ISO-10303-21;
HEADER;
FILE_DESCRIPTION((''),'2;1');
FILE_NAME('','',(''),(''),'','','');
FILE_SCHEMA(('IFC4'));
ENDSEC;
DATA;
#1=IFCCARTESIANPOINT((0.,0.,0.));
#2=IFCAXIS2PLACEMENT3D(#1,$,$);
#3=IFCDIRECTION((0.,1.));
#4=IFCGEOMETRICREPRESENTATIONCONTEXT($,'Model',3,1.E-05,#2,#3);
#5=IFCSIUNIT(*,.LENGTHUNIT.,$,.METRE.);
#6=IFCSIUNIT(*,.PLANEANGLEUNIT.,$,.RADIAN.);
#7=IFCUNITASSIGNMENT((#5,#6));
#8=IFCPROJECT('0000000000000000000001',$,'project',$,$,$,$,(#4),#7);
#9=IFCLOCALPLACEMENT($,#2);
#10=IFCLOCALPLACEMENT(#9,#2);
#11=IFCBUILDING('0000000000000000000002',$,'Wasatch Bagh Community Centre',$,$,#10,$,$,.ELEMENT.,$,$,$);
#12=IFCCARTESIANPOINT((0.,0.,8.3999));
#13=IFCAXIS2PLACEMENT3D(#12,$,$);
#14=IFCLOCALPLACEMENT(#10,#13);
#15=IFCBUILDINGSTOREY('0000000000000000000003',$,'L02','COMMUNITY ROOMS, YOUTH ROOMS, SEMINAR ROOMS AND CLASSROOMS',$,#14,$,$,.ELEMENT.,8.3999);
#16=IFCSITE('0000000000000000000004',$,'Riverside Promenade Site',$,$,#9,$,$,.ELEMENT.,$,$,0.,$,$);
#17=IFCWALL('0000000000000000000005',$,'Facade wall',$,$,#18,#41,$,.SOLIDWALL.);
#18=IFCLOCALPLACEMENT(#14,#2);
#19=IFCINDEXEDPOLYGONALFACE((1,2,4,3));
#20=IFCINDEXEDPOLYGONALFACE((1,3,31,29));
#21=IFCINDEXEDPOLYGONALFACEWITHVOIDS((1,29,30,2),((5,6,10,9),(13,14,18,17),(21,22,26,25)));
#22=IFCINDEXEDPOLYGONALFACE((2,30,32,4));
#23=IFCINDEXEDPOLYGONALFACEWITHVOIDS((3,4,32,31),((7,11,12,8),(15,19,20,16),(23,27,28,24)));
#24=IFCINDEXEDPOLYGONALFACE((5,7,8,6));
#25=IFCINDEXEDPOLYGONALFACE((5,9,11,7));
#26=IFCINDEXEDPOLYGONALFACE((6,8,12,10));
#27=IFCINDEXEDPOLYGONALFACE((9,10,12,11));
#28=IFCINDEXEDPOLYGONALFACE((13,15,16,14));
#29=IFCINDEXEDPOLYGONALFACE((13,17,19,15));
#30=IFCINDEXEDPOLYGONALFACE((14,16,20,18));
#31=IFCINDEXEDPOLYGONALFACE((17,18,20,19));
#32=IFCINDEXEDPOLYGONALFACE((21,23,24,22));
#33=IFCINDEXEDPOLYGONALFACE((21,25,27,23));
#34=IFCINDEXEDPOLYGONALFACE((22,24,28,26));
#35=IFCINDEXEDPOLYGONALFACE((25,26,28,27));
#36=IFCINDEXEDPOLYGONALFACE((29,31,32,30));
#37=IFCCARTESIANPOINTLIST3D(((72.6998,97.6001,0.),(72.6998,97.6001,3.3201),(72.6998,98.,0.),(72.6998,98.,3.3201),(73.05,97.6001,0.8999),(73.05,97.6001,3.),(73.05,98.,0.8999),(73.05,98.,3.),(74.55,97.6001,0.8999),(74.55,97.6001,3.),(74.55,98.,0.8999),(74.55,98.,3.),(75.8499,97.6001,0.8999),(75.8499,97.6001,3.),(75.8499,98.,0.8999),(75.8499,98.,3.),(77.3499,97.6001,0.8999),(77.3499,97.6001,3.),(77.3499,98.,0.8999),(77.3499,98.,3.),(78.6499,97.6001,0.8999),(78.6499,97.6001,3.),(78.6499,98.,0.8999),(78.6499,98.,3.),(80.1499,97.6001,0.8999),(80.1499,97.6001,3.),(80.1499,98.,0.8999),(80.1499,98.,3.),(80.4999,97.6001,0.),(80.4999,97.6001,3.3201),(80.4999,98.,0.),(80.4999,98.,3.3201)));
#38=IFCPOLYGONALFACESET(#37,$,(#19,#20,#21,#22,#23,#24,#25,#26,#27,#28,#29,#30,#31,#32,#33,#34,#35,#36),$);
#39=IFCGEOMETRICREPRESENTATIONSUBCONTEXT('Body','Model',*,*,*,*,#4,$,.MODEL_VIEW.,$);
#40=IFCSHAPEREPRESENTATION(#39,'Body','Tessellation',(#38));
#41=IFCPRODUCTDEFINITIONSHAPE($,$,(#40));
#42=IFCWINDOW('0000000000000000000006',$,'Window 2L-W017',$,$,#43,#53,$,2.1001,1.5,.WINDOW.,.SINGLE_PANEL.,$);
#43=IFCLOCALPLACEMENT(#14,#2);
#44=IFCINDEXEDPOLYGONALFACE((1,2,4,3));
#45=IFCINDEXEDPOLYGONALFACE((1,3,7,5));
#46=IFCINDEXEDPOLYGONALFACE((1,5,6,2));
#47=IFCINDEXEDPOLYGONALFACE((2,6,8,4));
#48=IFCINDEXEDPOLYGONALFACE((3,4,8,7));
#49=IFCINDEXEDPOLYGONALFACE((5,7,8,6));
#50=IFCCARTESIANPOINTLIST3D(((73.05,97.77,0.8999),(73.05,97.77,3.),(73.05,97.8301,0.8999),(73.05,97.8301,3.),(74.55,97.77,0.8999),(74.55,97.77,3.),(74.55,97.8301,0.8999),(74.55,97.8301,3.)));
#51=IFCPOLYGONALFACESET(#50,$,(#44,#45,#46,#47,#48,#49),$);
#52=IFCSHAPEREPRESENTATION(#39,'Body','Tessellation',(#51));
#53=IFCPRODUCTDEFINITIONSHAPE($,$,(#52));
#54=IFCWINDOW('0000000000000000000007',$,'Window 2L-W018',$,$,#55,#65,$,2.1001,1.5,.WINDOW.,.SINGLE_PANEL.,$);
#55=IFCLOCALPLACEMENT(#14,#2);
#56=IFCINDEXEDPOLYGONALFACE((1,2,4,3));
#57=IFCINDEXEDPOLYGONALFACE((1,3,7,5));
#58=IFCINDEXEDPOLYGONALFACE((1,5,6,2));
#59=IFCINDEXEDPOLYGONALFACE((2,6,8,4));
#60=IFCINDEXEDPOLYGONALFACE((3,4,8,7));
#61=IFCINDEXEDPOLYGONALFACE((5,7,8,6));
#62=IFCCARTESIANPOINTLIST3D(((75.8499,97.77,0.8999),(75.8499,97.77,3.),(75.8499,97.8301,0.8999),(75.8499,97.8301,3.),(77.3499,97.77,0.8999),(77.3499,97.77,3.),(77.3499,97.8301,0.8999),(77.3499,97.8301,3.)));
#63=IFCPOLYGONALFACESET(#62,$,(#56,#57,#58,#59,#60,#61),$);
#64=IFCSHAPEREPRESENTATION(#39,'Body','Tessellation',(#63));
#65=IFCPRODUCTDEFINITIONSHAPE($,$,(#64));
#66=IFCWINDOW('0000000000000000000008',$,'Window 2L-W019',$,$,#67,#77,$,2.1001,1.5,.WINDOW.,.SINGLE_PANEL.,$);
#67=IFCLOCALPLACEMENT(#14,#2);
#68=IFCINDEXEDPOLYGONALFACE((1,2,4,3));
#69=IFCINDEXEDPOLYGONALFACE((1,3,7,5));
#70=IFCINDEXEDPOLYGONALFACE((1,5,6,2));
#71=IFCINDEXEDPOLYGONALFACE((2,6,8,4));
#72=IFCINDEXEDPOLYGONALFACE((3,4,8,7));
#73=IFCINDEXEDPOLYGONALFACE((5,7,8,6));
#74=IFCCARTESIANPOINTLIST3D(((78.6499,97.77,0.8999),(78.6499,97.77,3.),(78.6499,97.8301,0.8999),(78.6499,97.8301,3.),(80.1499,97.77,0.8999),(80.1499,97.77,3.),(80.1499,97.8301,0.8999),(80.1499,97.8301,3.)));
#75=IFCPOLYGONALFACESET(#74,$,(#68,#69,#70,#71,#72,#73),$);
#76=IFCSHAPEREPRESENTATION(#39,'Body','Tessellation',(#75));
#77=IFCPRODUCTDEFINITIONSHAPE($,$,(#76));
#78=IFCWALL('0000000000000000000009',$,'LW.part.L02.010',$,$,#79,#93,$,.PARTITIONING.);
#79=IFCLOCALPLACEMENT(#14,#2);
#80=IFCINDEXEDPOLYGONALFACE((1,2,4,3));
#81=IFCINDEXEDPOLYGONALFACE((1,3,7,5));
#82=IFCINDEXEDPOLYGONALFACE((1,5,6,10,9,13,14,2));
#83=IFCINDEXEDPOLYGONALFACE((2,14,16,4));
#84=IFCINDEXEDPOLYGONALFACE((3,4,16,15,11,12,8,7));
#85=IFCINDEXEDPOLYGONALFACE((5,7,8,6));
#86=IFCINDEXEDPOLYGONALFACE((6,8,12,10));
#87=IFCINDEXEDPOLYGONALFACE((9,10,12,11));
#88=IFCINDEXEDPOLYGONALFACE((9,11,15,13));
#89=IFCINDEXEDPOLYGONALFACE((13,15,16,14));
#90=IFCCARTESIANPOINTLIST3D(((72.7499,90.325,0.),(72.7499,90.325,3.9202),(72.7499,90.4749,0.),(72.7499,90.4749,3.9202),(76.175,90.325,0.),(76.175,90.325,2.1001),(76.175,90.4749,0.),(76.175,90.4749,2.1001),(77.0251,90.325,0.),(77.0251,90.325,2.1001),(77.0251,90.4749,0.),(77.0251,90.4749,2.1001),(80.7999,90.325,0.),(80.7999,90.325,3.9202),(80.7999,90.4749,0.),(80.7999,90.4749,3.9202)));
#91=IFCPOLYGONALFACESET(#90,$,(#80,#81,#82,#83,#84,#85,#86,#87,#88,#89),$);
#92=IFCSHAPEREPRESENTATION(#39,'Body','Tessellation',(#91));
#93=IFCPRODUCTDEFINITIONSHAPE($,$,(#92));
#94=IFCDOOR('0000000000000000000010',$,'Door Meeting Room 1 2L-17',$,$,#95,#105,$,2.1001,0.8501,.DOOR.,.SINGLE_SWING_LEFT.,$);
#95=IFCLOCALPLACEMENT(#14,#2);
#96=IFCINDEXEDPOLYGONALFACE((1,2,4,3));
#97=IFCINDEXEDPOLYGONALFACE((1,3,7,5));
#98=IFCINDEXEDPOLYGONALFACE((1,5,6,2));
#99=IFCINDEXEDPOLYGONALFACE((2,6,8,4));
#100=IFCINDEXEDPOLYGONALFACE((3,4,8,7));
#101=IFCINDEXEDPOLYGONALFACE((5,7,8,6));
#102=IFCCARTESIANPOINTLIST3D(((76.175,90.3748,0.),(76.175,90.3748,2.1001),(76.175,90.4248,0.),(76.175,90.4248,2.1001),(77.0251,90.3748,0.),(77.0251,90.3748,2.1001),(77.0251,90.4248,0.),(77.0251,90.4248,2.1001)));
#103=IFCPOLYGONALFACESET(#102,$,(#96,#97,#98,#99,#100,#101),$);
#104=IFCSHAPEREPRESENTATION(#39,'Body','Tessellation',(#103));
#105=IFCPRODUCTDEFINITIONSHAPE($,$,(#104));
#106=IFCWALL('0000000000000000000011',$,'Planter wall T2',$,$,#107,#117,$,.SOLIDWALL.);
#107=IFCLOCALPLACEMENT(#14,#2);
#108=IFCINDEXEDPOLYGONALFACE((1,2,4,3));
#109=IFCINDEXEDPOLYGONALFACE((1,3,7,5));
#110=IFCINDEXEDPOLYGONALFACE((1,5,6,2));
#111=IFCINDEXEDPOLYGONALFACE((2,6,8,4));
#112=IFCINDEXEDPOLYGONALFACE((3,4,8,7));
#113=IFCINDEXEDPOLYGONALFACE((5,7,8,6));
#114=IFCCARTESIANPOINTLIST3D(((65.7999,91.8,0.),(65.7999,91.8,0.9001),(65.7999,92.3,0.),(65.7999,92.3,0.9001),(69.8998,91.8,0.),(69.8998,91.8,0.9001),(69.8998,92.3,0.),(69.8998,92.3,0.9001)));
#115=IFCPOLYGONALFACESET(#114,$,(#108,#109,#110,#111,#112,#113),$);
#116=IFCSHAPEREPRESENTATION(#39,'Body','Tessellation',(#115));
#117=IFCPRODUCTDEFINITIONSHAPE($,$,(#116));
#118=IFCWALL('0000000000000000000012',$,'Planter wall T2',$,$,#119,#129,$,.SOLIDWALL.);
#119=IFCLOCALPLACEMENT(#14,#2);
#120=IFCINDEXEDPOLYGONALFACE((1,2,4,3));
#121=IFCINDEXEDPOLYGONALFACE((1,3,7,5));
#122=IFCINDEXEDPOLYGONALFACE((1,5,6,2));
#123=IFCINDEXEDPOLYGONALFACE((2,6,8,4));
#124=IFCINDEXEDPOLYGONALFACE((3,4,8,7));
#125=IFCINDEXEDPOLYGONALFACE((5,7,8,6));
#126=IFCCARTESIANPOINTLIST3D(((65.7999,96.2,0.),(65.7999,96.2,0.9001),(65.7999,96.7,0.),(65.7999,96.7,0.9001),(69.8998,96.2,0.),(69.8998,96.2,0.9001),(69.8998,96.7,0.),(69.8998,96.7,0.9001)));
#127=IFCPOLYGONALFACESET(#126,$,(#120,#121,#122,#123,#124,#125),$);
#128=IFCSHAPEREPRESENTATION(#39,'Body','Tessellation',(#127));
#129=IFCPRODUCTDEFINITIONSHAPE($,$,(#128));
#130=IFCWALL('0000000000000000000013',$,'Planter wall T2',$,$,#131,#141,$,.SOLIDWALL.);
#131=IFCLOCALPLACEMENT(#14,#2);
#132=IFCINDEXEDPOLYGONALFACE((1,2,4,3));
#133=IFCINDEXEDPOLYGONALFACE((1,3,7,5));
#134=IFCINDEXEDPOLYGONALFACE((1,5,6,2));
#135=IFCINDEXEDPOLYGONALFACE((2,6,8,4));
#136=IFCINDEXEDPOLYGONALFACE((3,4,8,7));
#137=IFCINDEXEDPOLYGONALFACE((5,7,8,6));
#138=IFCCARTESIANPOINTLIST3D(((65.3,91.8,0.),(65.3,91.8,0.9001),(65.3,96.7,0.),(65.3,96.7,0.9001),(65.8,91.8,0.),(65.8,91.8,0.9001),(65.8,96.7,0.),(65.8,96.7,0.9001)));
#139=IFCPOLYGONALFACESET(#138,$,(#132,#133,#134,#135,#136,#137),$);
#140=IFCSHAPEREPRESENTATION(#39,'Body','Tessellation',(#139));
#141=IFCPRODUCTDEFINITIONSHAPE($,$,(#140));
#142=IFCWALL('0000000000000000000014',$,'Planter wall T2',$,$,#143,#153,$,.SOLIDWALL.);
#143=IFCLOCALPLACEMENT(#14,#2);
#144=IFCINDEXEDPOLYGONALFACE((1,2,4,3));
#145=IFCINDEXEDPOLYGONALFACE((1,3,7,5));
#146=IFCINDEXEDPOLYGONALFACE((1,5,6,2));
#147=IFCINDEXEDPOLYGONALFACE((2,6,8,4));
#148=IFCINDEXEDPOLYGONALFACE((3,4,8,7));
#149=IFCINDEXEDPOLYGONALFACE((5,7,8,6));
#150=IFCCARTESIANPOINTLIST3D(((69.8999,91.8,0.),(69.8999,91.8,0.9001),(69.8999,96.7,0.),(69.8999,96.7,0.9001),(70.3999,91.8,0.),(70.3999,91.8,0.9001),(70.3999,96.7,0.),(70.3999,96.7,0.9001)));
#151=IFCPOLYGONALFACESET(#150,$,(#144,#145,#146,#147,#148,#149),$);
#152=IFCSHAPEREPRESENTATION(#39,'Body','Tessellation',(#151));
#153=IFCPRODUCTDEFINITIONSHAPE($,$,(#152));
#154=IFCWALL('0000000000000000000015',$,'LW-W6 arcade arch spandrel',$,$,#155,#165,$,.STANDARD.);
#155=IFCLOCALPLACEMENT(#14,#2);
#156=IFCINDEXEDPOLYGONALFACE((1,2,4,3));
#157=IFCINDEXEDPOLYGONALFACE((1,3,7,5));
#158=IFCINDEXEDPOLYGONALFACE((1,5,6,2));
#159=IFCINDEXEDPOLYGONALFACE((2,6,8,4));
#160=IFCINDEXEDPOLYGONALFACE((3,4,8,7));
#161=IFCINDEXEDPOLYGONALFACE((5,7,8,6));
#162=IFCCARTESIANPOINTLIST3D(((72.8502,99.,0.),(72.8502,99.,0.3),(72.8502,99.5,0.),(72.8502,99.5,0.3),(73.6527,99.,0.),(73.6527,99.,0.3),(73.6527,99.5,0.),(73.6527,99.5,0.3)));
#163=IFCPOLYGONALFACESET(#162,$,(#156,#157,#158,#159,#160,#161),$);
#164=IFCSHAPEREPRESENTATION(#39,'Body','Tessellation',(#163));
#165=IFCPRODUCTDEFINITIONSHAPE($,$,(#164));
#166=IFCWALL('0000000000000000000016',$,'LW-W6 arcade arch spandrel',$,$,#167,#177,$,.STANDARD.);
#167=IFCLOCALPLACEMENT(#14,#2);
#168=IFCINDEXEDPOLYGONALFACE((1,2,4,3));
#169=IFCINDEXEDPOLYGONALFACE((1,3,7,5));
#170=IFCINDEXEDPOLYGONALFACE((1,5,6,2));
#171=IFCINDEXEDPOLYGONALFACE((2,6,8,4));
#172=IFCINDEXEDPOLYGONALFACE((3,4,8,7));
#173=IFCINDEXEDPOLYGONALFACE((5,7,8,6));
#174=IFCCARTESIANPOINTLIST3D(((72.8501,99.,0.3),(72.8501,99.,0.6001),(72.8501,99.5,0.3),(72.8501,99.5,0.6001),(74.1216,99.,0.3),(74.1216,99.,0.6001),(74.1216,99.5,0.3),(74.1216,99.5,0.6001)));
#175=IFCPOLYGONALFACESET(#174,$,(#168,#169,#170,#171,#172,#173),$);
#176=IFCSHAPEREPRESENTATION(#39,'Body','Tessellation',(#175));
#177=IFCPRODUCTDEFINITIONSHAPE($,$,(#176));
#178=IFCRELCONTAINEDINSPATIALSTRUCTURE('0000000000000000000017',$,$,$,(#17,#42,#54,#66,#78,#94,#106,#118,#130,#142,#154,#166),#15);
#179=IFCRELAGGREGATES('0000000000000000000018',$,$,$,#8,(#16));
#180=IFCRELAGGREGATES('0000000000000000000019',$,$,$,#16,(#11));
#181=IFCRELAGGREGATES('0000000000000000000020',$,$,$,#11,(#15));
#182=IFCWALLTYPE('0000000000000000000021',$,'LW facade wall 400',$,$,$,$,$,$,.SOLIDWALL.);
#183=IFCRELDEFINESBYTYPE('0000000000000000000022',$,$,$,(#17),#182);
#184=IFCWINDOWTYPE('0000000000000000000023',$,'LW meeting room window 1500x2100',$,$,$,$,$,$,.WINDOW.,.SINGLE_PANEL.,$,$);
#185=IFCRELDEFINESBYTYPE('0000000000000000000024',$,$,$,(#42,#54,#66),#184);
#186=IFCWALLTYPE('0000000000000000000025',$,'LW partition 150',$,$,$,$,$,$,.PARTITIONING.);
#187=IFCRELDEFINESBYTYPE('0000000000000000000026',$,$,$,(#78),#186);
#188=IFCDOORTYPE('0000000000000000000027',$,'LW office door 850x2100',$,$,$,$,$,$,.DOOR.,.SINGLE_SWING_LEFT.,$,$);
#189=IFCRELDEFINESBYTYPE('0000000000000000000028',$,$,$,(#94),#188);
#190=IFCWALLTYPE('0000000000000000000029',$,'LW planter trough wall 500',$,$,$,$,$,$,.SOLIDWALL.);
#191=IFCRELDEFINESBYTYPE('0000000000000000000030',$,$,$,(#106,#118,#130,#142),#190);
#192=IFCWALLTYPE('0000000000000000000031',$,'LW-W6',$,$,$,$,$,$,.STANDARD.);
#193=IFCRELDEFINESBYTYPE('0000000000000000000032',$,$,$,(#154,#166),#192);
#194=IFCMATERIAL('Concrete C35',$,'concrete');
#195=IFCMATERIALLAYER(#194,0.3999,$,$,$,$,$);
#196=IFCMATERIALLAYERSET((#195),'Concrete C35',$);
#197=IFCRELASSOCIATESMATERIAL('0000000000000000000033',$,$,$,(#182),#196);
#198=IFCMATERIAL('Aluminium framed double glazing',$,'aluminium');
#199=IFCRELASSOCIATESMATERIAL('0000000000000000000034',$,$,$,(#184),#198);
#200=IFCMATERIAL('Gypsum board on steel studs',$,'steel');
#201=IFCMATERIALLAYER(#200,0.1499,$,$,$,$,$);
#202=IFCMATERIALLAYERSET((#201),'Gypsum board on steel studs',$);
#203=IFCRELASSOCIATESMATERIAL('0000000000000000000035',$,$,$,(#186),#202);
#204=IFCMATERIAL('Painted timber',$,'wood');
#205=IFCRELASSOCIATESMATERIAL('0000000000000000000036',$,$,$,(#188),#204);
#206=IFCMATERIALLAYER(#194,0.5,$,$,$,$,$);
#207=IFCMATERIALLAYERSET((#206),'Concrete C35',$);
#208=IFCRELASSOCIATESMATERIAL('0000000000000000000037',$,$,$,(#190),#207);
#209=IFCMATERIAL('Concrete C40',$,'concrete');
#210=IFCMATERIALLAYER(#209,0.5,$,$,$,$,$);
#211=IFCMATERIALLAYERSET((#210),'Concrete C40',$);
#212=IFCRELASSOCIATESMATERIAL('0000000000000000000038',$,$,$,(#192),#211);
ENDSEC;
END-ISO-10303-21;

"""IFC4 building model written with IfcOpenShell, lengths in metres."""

from ifc_helpers import new_model, si_unit, direction, frame, frame_2d, origin, place, context, subcontext, project, spatial, rectangle, extrude, material, layer, layer_set, type_object, element, fill, save


model = new_model("IFC4")

# Units and contexts
model_context = context("Model", 3, precision=1e-05, world=origin(), true_north=direction((0.0, 1.0)))
body_context = subcontext(model_context, "Body", "Model", "MODEL_VIEW")
ifc_project = project(units=[si_unit("LENGTHUNIT", "METRE"), si_unit("PLANEANGLEUNIT", "RADIAN")], contexts=[model_context])

# Site, building, storey
site_placement = place(None, origin())
site = spatial("IfcSite", under=ifc_project, at=site_placement, Name="Riverside Promenade Site", CompositionType="ELEMENT", RefElevation=0.0)
building_placement = place(site_placement, origin())
building = spatial("IfcBuilding", under=site, at=building_placement, Name="Wasatch Bagh Community Centre", CompositionType="ELEMENT")
storey_placement = place(building_placement, frame((0.0, 0.0, 8.3999)))
storey = spatial("IfcBuildingStorey", under=building, at=storey_placement, Name="L02", Description="COMMUNITY ROOMS, YOUTH ROOMS, SEMINAR ROOMS AND CLASSROOMS", CompositionType="ELEMENT", Elevation=8.3999)

# Shared definitions
ifc_material_1 = material(Name="Concrete C40", Category="concrete")
ifc_material_2 = material(Name="Concrete C35", Category="concrete")

# Wall, openings, windows
ifc_layer_1 = layer(ifc_material_2, 0.3999)
ifc_layer_set_1 = layer_set([ifc_layer_1], Name="Concrete C35")
wall_type_1 = type_object("IfcWallType", Name="LW facade wall 400", PredefinedType="SOLIDWALL", material=ifc_layer_set_1)
wall_1_placement = place(storey_placement, frame((72.7, 97.8, 0.0), z_axis=(0.0, 0.0, 1.0), x_axis=(1.0, 0.0, 0.0)))
wall_1 = element("IfcWall", 1, at=wall_1_placement, inside=storey, type_object=wall_type_1, Name="Facade wall", PredefinedType="SOLIDWALL", context=body_context, shape_type="SweptSolid", body=[
    extrude(rectangle(XDim=7.8, YDim=0.3999, at=frame_2d((3.8999, 0.0))), origin(), (0.0, 0.0, 1.0), 3.3201),
])
opening_1_placement = place(wall_1_placement, frame((0.3501, 0.0, 0.8999)))
opening_1 = element("IfcOpeningElement", 2, at=opening_1_placement, cuts=wall_1, PredefinedType="OPENING", context=body_context, shape_type="SweptSolid", body=[
    extrude(rectangle(XDim=1.5, YDim=2.1001, at=frame_2d((0.75, 1.05))), frame((0.0, 0.21, 0.0), z_axis=(0.0, -1.0, 0.0), x_axis=(1.0, 0.0, 0.0)), (0.0, 0.0, 1.0), 0.4199),
])
opening_2_placement = place(wall_1_placement, frame((3.1499, 0.0, 0.8999)))
opening_2 = element("IfcOpeningElement", 3, at=opening_2_placement, cuts=wall_1, PredefinedType="OPENING", context=body_context, shape_type="SweptSolid", body=[
    extrude(rectangle(XDim=1.5, YDim=2.1001, at=frame_2d((0.75, 1.05))), frame((0.0, 0.21, 0.0), z_axis=(0.0, -1.0, 0.0), x_axis=(1.0, 0.0, 0.0)), (0.0, 0.0, 1.0), 0.4199),
])
opening_3_placement = place(wall_1_placement, frame((5.95, 0.0, 0.8999)))
opening_3 = element("IfcOpeningElement", 4, at=opening_3_placement, cuts=wall_1, PredefinedType="OPENING", context=body_context, shape_type="SweptSolid", body=[
    extrude(rectangle(XDim=1.5, YDim=2.1001, at=frame_2d((0.75, 1.05))), frame((0.0, 0.21, 0.0), z_axis=(0.0, -1.0, 0.0), x_axis=(1.0, 0.0, 0.0)), (0.0, 0.0, 1.0), 0.4199),
])
ifc_material_3 = material(Name="Aluminium framed double glazing", Category="aluminium")
window_type = type_object("IfcWindowType", Name="LW meeting room window 1500x2100", PartitioningType="SINGLE_PANEL", PredefinedType="WINDOW", material=ifc_material_3)
window_1_placement = place(opening_1_placement, origin())
window_1 = element("IfcWindow", 5, at=window_1_placement, inside=storey, type_object=window_type, Name="Window 2L-W017", OverallHeight=2.1001, OverallWidth=1.5, PartitioningType="SINGLE_PANEL", PredefinedType="WINDOW", context=body_context, shape_type="SweptSolid", body=[
    extrude(rectangle(XDim=1.5, YDim=2.1001, at=frame_2d((0.75, 1.05))), frame((0.0, 0.03, 0.0), z_axis=(0.0, -1.0, 0.0), x_axis=(1.0, 0.0, 0.0)), (0.0, 0.0, 1.0), 0.0601),
])
fill(opening_1, window_1)
window_2_placement = place(opening_2_placement, origin())
window_2 = element("IfcWindow", 6, at=window_2_placement, inside=storey, type_object=window_type, Name="Window 2L-W018", OverallHeight=2.1001, OverallWidth=1.5, PartitioningType="SINGLE_PANEL", PredefinedType="WINDOW", context=body_context, shape_type="SweptSolid", body=[
    extrude(rectangle(XDim=1.5, YDim=2.1001, at=frame_2d((0.75, 1.05))), frame((0.0, 0.03, 0.0), z_axis=(0.0, -1.0, 0.0), x_axis=(1.0, 0.0, 0.0)), (0.0, 0.0, 1.0), 0.0601),
])
fill(opening_2, window_2)
window_3_placement = place(opening_3_placement, origin())
window_3 = element("IfcWindow", 7, at=window_3_placement, inside=storey, type_object=window_type, Name="Window 2L-W019", OverallHeight=2.1001, OverallWidth=1.5, PartitioningType="SINGLE_PANEL", PredefinedType="WINDOW", context=body_context, shape_type="SweptSolid", body=[
    extrude(rectangle(XDim=1.5, YDim=2.1001, at=frame_2d((0.75, 1.05))), frame((0.0, 0.03, 0.0), z_axis=(0.0, -1.0, 0.0), x_axis=(1.0, 0.0, 0.0)), (0.0, 0.0, 1.0), 0.0601),
])
fill(opening_3, window_3)

# Wall, opening, door
ifc_material_4 = material(Name="Gypsum board on steel studs", Category="steel")
ifc_layer_2 = layer(ifc_material_4, 0.1499)
ifc_layer_set_2 = layer_set([ifc_layer_2], Name="Gypsum board on steel studs")
wall_type_2 = type_object("IfcWallType", Name="LW partition 150", PredefinedType="PARTITIONING", material=ifc_layer_set_2)
wall_2_placement = place(storey_placement, frame((72.75, 90.3999, 0.0), z_axis=(0.0, 0.0, 1.0), x_axis=(1.0, 0.0, 0.0)))
wall_2 = element("IfcWall", 8, at=wall_2_placement, inside=storey, type_object=wall_type_2, Name="LW.part.L02.010", PredefinedType="PARTITIONING", context=body_context, shape_type="SweptSolid", body=[
    extrude(rectangle(XDim=8.05, YDim=0.1499, at=frame_2d((4.0249, 0.0))), origin(), (0.0, 0.0, 1.0), 3.9202),
])
opening_4_placement = place(wall_2_placement, frame((3.425, 0.0, 0.0)))
opening_4 = element("IfcOpeningElement", 9, at=opening_4_placement, cuts=wall_2, PredefinedType="OPENING", context=body_context, shape_type="SweptSolid", body=[
    extrude(rectangle(XDim=0.8501, YDim=2.1001, at=frame_2d((0.425, 1.05))), frame((0.0, 0.085, 0.0), z_axis=(0.0, -1.0, 0.0), x_axis=(1.0, 0.0, 0.0)), (0.0, 0.0, 1.0), 0.1699),
])
ifc_material_5 = material(Name="Painted timber", Category="wood")
door_type = type_object("IfcDoorType", Name="LW office door 850x2100", OperationType="SINGLE_SWING_LEFT", PredefinedType="DOOR", material=ifc_material_5)
door_placement = place(opening_4_placement, origin())
door = element("IfcDoor", 10, at=door_placement, inside=storey, type_object=door_type, Name="Door Meeting Room 1 2L-17", OperationType="SINGLE_SWING_LEFT", OverallHeight=2.1001, OverallWidth=0.8501, PredefinedType="DOOR", context=body_context, shape_type="SweptSolid", body=[
    extrude(rectangle(XDim=0.8501, YDim=2.1001, at=frame_2d((0.425, 1.05))), frame((0.0, 0.0249, 0.0), z_axis=(0.0, -1.0, 0.0), x_axis=(1.0, 0.0, 0.0)), (0.0, 0.0, 1.0), 0.05),
])
fill(opening_4, door)

# Walls
ifc_layer_3 = layer(ifc_material_2, 0.5)
ifc_layer_set_3 = layer_set([ifc_layer_3], Name="Concrete C35")
wall_type_3 = type_object("IfcWallType", Name="LW planter trough wall 500", PredefinedType="SOLIDWALL", material=ifc_layer_set_3)
for number, where, z_axis, x_axis, name in (
    (11, (65.8, 92.05, 0.0), (0.0, 0.0, 1.0), (1.0, 0.0, 0.0), "Planter wall T2"),
    (12, (65.8, 96.45, 0.0), (0.0, 0.0, 1.0), (1.0, 0.0, 0.0), "Planter wall T2"),
):
    element("IfcWall", number, at=place(storey_placement, frame(where, z_axis=z_axis, x_axis=x_axis)), inside=storey, type_object=wall_type_3, Name=name, PredefinedType="SOLIDWALL", context=body_context, shape_type="SweptSolid", body=[
        extrude(rectangle(XDim=4.0999, YDim=0.5, at=frame_2d((2.0498, 0.0))), origin(), (0.0, 0.0, 1.0), 0.9001),
    ])
for number, where, z_axis, x_axis, name in (
    (13, (65.55, 91.8, 0.0), (0.0, 0.0, 1.0), (0.0, 1.0, 0.0), "Planter wall T2"),
    (14, (70.1499, 91.8, 0.0), (0.0, 0.0, 1.0), (0.0, 1.0, 0.0), "Planter wall T2"),
):
    element("IfcWall", number, at=place(storey_placement, frame(where, z_axis=z_axis, x_axis=x_axis)), inside=storey, type_object=wall_type_3, Name=name, PredefinedType="SOLIDWALL", context=body_context, shape_type="SweptSolid", body=[
        extrude(rectangle(XDim=4.8999, YDim=0.5, at=frame_2d((2.45, 0.0))), origin(), (0.0, 0.0, 1.0), 0.9001),
    ])
ifc_layer_4 = layer(ifc_material_1, 0.5)
ifc_layer_set_4 = layer_set([ifc_layer_4], Name="Concrete C40")
wall_type_4 = type_object("IfcWallType", Name="LW-W6", PredefinedType="STANDARD", material=ifc_layer_set_4)
wall_3_placement = place(storey_placement, frame((72.8501, 99.25, 0.0), z_axis=(0.0, 0.0, 1.0), x_axis=(1.0, 0.0, 0.0)))
element("IfcWall", 15, at=wall_3_placement, inside=storey, type_object=wall_type_4, Name="LW-W6 arcade arch spandrel", PredefinedType="STANDARD", context=body_context, shape_type="SweptSolid", body=[
    extrude(rectangle(XDim=0.8025, YDim=0.5, at=frame_2d((0.4014, 0.0))), origin(), (0.0, 0.0, 1.0), 0.3),
])
wall_4_placement = place(storey_placement, frame((72.8501, 99.25, 0.3), z_axis=(0.0, 0.0, 1.0), x_axis=(1.0, 0.0, 0.0)))
element("IfcWall", 16, at=wall_4_placement, inside=storey, type_object=wall_type_4, Name="LW-W6 arcade arch spandrel", PredefinedType="STANDARD", context=body_context, shape_type="SweptSolid", body=[
    extrude(rectangle(XDim=1.2715, YDim=0.5, at=frame_2d((0.6357, 0.0))), origin(), (0.0, 0.0, 1.0), 0.3),
])

save(model, "model.ifc")
